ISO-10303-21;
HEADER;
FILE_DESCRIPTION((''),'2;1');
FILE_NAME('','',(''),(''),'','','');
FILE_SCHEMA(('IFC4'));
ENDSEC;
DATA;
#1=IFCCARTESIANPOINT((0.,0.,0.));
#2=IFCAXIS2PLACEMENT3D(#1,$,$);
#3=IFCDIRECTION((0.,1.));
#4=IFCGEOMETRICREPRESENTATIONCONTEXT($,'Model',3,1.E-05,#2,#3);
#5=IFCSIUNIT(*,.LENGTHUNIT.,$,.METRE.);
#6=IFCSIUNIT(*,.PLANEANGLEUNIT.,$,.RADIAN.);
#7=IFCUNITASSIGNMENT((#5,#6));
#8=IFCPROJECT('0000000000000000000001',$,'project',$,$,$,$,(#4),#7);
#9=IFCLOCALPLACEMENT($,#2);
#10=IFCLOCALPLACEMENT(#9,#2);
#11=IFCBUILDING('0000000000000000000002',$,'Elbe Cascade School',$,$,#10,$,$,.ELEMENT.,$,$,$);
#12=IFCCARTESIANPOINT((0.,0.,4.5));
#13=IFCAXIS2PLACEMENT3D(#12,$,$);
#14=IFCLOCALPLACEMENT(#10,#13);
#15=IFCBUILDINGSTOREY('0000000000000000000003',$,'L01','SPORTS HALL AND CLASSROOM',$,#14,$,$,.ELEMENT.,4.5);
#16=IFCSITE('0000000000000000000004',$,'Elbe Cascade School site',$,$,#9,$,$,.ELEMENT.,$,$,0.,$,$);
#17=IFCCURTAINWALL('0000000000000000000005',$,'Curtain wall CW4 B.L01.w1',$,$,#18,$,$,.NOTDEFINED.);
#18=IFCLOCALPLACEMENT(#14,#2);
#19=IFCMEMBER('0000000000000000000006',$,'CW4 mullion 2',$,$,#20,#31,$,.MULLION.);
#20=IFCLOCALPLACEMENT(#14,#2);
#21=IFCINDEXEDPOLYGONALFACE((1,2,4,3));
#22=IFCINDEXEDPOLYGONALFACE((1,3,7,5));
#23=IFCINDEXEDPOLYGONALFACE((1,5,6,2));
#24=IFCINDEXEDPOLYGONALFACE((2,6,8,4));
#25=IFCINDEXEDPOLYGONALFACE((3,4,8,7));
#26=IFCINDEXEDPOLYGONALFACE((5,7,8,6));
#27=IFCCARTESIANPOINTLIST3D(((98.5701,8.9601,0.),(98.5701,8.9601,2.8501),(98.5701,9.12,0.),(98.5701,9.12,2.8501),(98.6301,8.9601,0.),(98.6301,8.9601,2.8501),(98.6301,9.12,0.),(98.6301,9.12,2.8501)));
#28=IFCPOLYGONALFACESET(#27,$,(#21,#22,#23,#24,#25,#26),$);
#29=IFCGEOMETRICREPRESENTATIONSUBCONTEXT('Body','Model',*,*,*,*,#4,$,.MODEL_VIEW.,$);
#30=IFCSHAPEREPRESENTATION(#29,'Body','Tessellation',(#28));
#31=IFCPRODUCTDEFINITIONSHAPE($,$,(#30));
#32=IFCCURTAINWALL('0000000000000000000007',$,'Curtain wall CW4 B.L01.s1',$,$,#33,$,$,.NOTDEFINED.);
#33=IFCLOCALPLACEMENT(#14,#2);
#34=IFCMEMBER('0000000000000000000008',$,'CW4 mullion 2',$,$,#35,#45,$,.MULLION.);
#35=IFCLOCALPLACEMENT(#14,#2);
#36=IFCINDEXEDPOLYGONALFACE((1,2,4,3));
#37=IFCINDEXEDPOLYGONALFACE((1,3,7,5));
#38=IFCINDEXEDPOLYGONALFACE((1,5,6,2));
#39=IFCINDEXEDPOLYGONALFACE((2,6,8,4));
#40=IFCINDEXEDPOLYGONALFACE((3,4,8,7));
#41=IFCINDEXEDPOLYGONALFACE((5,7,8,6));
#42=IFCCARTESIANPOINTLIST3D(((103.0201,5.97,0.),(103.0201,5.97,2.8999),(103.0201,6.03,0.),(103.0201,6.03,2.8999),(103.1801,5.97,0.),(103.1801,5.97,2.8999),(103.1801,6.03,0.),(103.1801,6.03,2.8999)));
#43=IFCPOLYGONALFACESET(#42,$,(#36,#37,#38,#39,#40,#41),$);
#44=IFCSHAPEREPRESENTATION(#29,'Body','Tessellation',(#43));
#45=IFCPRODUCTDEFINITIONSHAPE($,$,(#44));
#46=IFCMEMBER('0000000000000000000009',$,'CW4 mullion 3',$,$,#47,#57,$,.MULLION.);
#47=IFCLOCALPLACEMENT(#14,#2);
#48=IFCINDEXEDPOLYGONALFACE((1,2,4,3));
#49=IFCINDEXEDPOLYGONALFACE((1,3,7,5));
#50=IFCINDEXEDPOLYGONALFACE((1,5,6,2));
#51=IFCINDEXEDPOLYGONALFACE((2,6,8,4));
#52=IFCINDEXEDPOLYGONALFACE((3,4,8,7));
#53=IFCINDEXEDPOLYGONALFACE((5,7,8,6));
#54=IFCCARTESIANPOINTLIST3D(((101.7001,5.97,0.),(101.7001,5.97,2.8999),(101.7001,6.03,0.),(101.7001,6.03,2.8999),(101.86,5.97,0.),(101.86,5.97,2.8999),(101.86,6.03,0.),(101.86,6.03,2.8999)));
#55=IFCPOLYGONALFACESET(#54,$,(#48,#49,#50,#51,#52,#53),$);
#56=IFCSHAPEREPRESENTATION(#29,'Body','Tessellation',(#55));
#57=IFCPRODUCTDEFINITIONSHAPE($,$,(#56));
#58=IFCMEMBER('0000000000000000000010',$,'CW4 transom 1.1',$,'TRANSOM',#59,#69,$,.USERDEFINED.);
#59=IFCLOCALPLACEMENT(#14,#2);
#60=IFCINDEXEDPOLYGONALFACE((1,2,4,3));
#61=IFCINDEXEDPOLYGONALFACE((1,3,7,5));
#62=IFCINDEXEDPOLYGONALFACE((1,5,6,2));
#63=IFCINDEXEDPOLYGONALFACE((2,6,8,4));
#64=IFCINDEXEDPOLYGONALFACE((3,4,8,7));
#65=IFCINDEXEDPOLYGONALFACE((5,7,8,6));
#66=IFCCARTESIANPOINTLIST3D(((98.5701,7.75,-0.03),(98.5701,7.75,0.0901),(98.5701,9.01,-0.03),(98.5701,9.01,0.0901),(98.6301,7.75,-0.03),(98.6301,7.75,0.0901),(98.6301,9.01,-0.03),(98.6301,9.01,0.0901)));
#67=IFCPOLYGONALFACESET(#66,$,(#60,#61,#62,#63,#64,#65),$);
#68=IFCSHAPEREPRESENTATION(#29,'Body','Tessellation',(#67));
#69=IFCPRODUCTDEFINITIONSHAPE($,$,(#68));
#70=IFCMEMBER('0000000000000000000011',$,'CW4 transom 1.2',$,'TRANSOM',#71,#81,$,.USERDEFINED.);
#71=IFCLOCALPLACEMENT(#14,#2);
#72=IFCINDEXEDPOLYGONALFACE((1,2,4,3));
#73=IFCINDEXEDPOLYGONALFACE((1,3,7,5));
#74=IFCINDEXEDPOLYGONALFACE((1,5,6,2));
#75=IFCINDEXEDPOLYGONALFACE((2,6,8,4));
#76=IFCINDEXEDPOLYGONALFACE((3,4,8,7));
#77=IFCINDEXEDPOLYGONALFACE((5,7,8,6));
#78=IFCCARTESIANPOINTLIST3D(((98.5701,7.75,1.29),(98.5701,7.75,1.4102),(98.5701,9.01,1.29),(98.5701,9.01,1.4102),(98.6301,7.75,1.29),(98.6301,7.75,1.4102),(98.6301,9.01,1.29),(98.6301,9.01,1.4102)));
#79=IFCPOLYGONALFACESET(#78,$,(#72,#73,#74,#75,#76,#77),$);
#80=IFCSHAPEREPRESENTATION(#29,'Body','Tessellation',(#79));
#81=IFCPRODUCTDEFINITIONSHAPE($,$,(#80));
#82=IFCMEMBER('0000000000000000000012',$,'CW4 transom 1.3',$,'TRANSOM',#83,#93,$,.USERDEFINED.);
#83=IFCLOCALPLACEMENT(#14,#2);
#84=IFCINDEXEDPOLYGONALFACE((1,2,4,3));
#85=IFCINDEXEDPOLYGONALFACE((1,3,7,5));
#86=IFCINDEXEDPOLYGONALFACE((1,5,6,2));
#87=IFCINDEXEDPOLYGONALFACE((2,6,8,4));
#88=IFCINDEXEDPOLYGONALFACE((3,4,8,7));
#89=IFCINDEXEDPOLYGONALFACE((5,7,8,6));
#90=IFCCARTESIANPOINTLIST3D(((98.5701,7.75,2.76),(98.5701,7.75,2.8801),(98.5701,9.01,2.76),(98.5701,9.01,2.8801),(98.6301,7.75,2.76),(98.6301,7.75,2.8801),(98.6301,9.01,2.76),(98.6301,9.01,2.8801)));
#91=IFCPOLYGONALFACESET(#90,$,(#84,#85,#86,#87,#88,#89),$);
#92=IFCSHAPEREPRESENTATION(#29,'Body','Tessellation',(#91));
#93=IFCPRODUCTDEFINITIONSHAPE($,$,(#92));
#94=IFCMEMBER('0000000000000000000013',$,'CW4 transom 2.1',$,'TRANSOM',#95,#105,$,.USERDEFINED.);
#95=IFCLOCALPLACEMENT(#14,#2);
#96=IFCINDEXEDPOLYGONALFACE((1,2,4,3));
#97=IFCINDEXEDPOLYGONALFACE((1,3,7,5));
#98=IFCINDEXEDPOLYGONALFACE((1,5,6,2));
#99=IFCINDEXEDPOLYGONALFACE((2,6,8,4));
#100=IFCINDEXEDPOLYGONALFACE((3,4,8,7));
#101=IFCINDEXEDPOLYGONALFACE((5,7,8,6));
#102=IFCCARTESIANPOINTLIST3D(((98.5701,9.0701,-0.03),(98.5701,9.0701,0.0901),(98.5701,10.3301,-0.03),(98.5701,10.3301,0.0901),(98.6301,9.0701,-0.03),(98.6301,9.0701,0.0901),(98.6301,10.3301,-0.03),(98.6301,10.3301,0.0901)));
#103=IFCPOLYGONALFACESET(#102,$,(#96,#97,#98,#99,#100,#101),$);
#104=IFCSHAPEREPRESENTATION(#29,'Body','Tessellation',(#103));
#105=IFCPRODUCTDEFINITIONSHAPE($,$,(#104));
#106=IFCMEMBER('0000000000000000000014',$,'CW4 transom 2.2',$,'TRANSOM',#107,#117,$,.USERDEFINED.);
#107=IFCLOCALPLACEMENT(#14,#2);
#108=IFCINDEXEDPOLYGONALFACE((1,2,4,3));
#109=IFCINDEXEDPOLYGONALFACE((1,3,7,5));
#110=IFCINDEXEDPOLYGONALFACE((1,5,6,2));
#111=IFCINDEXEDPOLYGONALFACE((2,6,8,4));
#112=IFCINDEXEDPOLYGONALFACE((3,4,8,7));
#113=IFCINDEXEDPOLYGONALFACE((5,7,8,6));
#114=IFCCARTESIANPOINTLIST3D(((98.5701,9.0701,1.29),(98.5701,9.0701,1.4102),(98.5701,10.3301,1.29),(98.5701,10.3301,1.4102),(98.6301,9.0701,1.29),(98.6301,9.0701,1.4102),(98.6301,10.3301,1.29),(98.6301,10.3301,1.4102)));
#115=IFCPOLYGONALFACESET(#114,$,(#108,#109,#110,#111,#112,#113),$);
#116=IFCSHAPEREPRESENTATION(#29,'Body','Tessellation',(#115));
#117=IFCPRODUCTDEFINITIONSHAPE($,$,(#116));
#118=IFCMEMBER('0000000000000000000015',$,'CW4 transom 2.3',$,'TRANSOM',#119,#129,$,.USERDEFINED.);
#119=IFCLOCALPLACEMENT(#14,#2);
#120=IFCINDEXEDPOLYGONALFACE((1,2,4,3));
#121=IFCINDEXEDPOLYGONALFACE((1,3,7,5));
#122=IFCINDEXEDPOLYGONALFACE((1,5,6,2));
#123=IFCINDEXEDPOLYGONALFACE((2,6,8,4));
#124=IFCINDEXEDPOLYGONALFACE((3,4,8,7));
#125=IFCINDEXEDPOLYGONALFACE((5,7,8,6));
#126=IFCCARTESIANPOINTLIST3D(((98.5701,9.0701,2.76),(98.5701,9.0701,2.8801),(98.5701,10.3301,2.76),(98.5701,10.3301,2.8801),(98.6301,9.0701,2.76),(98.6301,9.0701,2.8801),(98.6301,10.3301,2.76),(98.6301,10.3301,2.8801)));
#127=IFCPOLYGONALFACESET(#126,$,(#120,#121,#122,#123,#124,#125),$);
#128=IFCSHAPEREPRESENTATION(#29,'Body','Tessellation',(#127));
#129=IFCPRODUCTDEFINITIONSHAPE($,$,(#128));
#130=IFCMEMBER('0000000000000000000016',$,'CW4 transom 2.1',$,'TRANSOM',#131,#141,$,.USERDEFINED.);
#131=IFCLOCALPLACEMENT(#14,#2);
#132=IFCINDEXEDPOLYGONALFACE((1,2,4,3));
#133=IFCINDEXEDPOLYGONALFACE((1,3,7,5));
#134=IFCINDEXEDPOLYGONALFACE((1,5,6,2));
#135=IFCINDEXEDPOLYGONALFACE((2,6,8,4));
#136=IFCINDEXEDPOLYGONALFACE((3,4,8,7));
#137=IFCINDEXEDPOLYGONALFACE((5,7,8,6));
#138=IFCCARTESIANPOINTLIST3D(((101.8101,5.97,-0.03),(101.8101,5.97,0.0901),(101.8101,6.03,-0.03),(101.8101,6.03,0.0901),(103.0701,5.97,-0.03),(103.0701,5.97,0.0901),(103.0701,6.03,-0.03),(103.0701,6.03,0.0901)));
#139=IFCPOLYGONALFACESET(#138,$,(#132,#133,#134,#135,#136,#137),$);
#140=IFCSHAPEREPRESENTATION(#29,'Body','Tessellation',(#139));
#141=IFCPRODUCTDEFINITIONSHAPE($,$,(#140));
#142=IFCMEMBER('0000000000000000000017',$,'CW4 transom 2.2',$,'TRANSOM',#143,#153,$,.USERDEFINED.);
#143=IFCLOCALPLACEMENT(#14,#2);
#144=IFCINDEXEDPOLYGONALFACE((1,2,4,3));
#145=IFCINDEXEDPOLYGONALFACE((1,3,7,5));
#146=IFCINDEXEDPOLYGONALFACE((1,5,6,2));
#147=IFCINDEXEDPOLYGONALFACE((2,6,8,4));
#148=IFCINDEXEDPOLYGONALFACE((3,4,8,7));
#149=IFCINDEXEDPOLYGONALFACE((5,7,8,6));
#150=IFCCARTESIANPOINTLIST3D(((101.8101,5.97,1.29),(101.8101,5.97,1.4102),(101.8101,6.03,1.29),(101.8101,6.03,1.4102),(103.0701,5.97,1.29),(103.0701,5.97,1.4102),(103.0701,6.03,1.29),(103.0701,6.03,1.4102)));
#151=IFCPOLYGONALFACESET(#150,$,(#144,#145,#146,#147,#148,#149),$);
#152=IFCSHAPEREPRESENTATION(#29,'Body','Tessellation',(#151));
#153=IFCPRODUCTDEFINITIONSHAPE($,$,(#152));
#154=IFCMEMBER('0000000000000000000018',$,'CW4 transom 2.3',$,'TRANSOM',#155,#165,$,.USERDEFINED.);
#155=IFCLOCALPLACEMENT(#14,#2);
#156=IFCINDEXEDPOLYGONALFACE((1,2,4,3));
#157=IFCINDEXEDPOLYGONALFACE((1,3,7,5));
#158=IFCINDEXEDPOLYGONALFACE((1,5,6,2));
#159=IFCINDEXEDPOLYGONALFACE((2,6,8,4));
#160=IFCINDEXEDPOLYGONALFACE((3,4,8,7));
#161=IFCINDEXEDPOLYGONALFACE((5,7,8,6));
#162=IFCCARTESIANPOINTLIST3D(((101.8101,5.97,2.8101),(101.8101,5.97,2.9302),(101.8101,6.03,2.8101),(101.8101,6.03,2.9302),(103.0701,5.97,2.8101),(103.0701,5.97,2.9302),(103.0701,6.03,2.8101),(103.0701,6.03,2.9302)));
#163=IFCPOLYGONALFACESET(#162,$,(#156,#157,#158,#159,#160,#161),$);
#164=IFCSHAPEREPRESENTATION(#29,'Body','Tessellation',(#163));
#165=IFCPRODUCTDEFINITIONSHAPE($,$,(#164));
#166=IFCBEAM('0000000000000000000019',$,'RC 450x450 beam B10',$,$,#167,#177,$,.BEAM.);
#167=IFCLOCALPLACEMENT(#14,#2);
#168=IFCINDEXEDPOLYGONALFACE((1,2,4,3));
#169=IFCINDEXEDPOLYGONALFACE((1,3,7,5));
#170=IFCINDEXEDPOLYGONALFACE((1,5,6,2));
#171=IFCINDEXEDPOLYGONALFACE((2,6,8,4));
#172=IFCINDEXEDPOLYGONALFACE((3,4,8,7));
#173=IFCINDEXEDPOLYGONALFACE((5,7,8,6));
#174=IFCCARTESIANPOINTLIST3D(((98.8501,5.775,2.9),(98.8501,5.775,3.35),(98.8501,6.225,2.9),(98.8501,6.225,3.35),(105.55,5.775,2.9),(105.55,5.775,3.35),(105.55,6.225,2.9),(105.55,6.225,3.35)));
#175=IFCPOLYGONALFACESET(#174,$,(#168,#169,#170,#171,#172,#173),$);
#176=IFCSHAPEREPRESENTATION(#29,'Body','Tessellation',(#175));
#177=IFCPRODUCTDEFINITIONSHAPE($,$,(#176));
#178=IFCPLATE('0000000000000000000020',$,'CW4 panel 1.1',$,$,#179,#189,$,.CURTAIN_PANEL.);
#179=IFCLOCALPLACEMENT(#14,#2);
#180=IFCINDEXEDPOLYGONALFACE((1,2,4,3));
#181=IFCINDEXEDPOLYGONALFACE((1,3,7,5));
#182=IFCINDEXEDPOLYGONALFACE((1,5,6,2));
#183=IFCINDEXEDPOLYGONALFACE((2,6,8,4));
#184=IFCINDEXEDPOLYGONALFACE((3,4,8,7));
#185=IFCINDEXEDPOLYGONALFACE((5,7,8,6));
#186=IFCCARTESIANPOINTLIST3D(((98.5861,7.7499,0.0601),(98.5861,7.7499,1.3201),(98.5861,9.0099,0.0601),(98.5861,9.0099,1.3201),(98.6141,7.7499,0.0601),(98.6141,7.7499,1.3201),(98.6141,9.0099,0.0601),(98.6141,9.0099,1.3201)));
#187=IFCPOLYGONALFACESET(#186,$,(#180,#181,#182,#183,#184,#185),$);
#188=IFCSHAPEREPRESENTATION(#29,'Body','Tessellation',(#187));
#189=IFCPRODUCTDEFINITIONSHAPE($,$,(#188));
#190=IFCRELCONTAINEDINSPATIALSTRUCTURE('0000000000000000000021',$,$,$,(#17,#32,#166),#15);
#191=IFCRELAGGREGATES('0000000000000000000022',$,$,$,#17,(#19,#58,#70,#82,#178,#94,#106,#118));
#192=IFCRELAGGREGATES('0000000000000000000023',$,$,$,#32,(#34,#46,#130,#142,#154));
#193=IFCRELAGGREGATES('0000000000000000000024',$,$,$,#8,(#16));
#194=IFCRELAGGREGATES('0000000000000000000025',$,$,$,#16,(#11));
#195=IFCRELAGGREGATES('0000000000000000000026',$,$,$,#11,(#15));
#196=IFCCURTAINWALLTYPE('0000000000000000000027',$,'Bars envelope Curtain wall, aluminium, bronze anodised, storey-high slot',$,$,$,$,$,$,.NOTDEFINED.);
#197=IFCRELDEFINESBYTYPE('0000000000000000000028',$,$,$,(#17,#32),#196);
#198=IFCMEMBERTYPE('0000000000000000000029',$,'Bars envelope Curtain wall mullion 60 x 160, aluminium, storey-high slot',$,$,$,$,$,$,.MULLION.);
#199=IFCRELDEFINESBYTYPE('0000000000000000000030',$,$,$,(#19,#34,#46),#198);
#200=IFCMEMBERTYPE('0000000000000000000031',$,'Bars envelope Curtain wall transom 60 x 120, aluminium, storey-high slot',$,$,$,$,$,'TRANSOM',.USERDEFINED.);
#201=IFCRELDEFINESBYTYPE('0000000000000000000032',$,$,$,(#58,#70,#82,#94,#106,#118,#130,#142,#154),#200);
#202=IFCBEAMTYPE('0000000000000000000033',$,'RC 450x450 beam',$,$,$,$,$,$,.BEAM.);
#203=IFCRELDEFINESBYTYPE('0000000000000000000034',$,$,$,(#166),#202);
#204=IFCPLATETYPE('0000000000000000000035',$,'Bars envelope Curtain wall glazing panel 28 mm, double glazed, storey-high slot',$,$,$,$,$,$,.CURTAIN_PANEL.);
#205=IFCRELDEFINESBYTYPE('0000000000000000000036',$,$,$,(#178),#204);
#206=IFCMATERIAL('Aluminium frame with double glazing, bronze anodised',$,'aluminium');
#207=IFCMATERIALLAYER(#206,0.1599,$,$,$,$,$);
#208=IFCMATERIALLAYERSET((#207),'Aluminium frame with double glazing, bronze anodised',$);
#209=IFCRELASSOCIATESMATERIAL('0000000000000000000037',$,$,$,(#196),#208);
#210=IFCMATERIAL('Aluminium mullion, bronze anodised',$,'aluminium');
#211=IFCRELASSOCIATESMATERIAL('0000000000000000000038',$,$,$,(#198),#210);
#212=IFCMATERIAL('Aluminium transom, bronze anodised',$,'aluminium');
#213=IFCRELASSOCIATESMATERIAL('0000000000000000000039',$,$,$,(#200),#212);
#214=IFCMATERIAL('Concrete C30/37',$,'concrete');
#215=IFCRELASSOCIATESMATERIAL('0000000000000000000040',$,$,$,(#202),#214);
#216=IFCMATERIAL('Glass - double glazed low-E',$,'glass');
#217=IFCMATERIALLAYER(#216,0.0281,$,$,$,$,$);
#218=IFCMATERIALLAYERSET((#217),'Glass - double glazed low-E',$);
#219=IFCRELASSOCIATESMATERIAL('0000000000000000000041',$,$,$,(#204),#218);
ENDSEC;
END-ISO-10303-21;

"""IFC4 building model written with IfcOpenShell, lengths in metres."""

from ifc_helpers import new_model, si_unit, direction, frame, origin, origin_2d, place, context, subcontext, project, spatial, rectangle, extrude, material, layer, layer_set, material_profile, profile_set, type_object, element, aggregate, save


model = new_model("IFC4")

# Units and contexts
model_context = context("Model", 3, precision=1e-05, world=origin(), true_north=direction((0.0, 1.0)))
body_context = subcontext(model_context, "Body", "Model", "MODEL_VIEW")
ifc_project = project(units=[si_unit("LENGTHUNIT", "METRE"), si_unit("PLANEANGLEUNIT", "RADIAN")], contexts=[model_context])

# Site, building, storey
site_placement = place(None, origin())
site = spatial("IfcSite", under=ifc_project, at=site_placement, Name="Elbe Cascade School site", CompositionType="ELEMENT", RefElevation=0.0)
building_placement = place(site_placement, origin())
building = spatial("IfcBuilding", under=site, at=building_placement, Name="Elbe Cascade School", CompositionType="ELEMENT")
storey_placement = place(building_placement, frame((0.0, 0.0, 4.5)))
storey = spatial("IfcBuildingStorey", under=building, at=storey_placement, Name="L01", Description="SPORTS HALL AND CLASSROOM", CompositionType="ELEMENT", Elevation=4.5)

# Curtain wall, member
ifc_material_1 = material(Name="Aluminium frame with double glazing, bronze anodised", Category="aluminium")
ifc_layer_1 = layer(ifc_material_1, 0.1599)
ifc_layer_set_1 = layer_set([ifc_layer_1], Name="Aluminium frame with double glazing, bronze anodised")
curtain_wall_type = type_object("IfcCurtainWallType", Name="Bars envelope Curtain wall, aluminium, bronze anodised, storey-high slot", PredefinedType="NOTDEFINED", material=ifc_layer_set_1)
curtain_wall_1_placement = place(storey_placement, origin())
curtain_wall_1 = element("IfcCurtainWall", 1, at=curtain_wall_1_placement, inside=storey, type_object=curtain_wall_type, Name="Curtain wall CW4 B.L01.w1", PredefinedType="NOTDEFINED")
ifc_material_2 = material(Name="Aluminium mullion, bronze anodised", Category="aluminium")
ifc_material_profile_1 = material_profile(ifc_material_2, rectangle(XDim=0.0601, YDim=0.1599, at=origin_2d()), Name="Bars envelope Curtain wall mullion 60 x 160, aluminium, storey-high slot")
ifc_profile_set_1 = profile_set([ifc_material_profile_1], Name="Aluminium mullion, bronze anodised")
member_type_1 = type_object("IfcMemberType", Name="Bars envelope Curtain wall mullion 60 x 160, aluminium, storey-high slot", PredefinedType="MULLION", material=ifc_profile_set_1)
member_1_placement = place(storey_placement, frame((98.6001, 9.04, 0.0), z_axis=(0.0, 0.0, 1.0), x_axis=(-1.0, 0.0, 0.0)))
member_1 = element("IfcMember", 2, at=member_1_placement, type_object=member_type_1, Name="CW4 mullion 2", PredefinedType="MULLION", context=body_context, shape_type="SweptSolid", body=[
    extrude(rectangle(XDim=0.0601, YDim=0.1599, at=origin_2d()), origin(), (0.0, 0.0, 1.0), 2.8501),
])

# Curtain wall, members
curtain_wall_2_placement = place(storey_placement, origin())
curtain_wall_2 = element("IfcCurtainWall", 3, at=curtain_wall_2_placement, inside=storey, type_object=curtain_wall_type, Name="Curtain wall CW4 B.L01.s1", PredefinedType="NOTDEFINED")
member_2_placement = place(storey_placement, frame((103.1001, 6.0, 0.0), z_axis=(0.0, 0.0, 1.0), x_axis=(0.0, -1.0, 0.0)))
member_2 = element("IfcMember", 4, at=member_2_placement, type_object=member_type_1, Name="CW4 mullion 2", PredefinedType="MULLION", context=body_context, shape_type="SweptSolid", body=[
    extrude(rectangle(XDim=0.0601, YDim=0.1599, at=origin_2d()), origin(), (0.0, 0.0, 1.0), 2.8999),
])
member_3_placement = place(storey_placement, frame((101.78, 6.0, 0.0), z_axis=(0.0, 0.0, 1.0), x_axis=(0.0, -1.0, 0.0)))
member_3 = element("IfcMember", 5, at=member_3_placement, type_object=member_type_1, Name="CW4 mullion 3", PredefinedType="MULLION", context=body_context, shape_type="SweptSolid", body=[
    extrude(rectangle(XDim=0.0601, YDim=0.1599, at=origin_2d()), origin(), (0.0, 0.0, 1.0), 2.8999),
])

# Members
ifc_material_3 = material(Name="Aluminium transom, bronze anodised", Category="aluminium")
ifc_material_profile_2 = material_profile(ifc_material_3, rectangle(XDim=0.0601, YDim=0.1201, at=origin_2d()), Name="Bars envelope Curtain wall transom 60 x 120, aluminium, storey-high slot")
ifc_profile_set_2 = profile_set([ifc_material_profile_2], Name="Aluminium transom, bronze anodised")
member_type_2 = type_object("IfcMemberType", Name="Bars envelope Curtain wall transom 60 x 120, aluminium, storey-high slot", ElementType="TRANSOM", PredefinedType="USERDEFINED", material=ifc_profile_set_2)
member_4_placement = place(storey_placement, frame((98.6001, 7.75, 0.03), z_axis=(0.0, 1.0, 0.0), x_axis=(-1.0, 0.0, 0.0)))
member_4 = element("IfcMember", 6, at=member_4_placement, type_object=member_type_2, Name="CW4 transom 1.1", ObjectType="TRANSOM", PredefinedType="USERDEFINED", context=body_context, shape_type="SweptSolid", body=[
    extrude(rectangle(XDim=0.0601, YDim=0.1201, at=origin_2d()), origin(), (0.0, 0.0, 1.0), 1.26),
])
member_5_placement = place(storey_placement, frame((98.6001, 7.75, 1.3501), z_axis=(0.0, 1.0, 0.0), x_axis=(-1.0, 0.0, 0.0)))
member_5 = element("IfcMember", 7, at=member_5_placement, type_object=member_type_2, Name="CW4 transom 1.2", ObjectType="TRANSOM", PredefinedType="USERDEFINED", context=body_context, shape_type="SweptSolid", body=[
    extrude(rectangle(XDim=0.0601, YDim=0.1201, at=origin_2d()), origin(), (0.0, 0.0, 1.0), 1.26),
])
member_6_placement = place(storey_placement, frame((98.6001, 7.75, 2.8201), z_axis=(0.0, 1.0, 0.0), x_axis=(-1.0, 0.0, 0.0)))
member_6 = element("IfcMember", 8, at=member_6_placement, type_object=member_type_2, Name="CW4 transom 1.3", ObjectType="TRANSOM", PredefinedType="USERDEFINED", context=body_context, shape_type="SweptSolid", body=[
    extrude(rectangle(XDim=0.0601, YDim=0.1201, at=origin_2d()), origin(), (0.0, 0.0, 1.0), 1.26),
])
member_7_placement = place(storey_placement, frame((98.6001, 9.0701, 0.03), z_axis=(0.0, 1.0, 0.0), x_axis=(-1.0, 0.0, 0.0)))
member_7 = element("IfcMember", 9, at=member_7_placement, type_object=member_type_2, Name="CW4 transom 2.1", ObjectType="TRANSOM", PredefinedType="USERDEFINED", context=body_context, shape_type="SweptSolid", body=[
    extrude(rectangle(XDim=0.0601, YDim=0.1201, at=origin_2d()), origin(), (0.0, 0.0, 1.0), 1.26),
])
member_8_placement = place(storey_placement, frame((98.6001, 9.0701, 1.3501), z_axis=(0.0, 1.0, 0.0), x_axis=(-1.0, 0.0, 0.0)))
member_8 = element("IfcMember", 10, at=member_8_placement, type_object=member_type_2, Name="CW4 transom 2.2", ObjectType="TRANSOM", PredefinedType="USERDEFINED", context=body_context, shape_type="SweptSolid", body=[
    extrude(rectangle(XDim=0.0601, YDim=0.1201, at=origin_2d()), origin(), (0.0, 0.0, 1.0), 1.26),
])
member_9_placement = place(storey_placement, frame((98.6001, 9.0701, 2.8201), z_axis=(0.0, 1.0, 0.0), x_axis=(-1.0, 0.0, 0.0)))
member_9 = element("IfcMember", 11, at=member_9_placement, type_object=member_type_2, Name="CW4 transom 2.3", ObjectType="TRANSOM", PredefinedType="USERDEFINED", context=body_context, shape_type="SweptSolid", body=[
    extrude(rectangle(XDim=0.0601, YDim=0.1201, at=origin_2d()), origin(), (0.0, 0.0, 1.0), 1.26),
])
member_10_placement = place(storey_placement, frame((103.0701, 6.0, 0.03), z_axis=(-1.0, 0.0, 0.0), x_axis=(0.0, -1.0, 0.0)))
member_10 = element("IfcMember", 12, at=member_10_placement, type_object=member_type_2, Name="CW4 transom 2.1", ObjectType="TRANSOM", PredefinedType="USERDEFINED", context=body_context, shape_type="SweptSolid", body=[
    extrude(rectangle(XDim=0.0601, YDim=0.1201, at=origin_2d()), origin(), (0.0, 0.0, 1.0), 1.26),
])
member_11_placement = place(storey_placement, frame((103.0701, 6.0, 1.3501), z_axis=(-1.0, 0.0, 0.0), x_axis=(0.0, -1.0, 0.0)))
member_11 = element("IfcMember", 13, at=member_11_placement, type_object=member_type_2, Name="CW4 transom 2.2", ObjectType="TRANSOM", PredefinedType="USERDEFINED", context=body_context, shape_type="SweptSolid", body=[
    extrude(rectangle(XDim=0.0601, YDim=0.1201, at=origin_2d()), origin(), (0.0, 0.0, 1.0), 1.26),
])
member_12_placement = place(storey_placement, frame((103.0701, 6.0, 2.8701), z_axis=(-1.0, 0.0, 0.0), x_axis=(0.0, -1.0, 0.0)))
member_12 = element("IfcMember", 14, at=member_12_placement, type_object=member_type_2, Name="CW4 transom 2.3", ObjectType="TRANSOM", PredefinedType="USERDEFINED", context=body_context, shape_type="SweptSolid", body=[
    extrude(rectangle(XDim=0.0601, YDim=0.1201, at=origin_2d()), origin(), (0.0, 0.0, 1.0), 1.26),
])

# Beam
ifc_material_4 = material(Name="Concrete C30/37", Category="concrete")
ifc_material_profile_3 = material_profile(ifc_material_4, rectangle(XDim=0.45, YDim=0.45, at=origin_2d()), Name="RC 450x450")
ifc_profile_set_3 = profile_set([ifc_material_profile_3], Name="Concrete C30/37")
beam_type = type_object("IfcBeamType", Name="RC 450x450 beam", PredefinedType="BEAM", material=ifc_profile_set_3)
beam_placement = place(storey_placement, frame((98.8501, 6.0, 3.125), z_axis=(1.0, 0.0, 0.0), x_axis=(0.0, 1.0, 0.0)))
element("IfcBeam", 15, at=beam_placement, inside=storey, type_object=beam_type, Name="RC 450x450 beam B10", PredefinedType="BEAM", context=body_context, shape_type="SweptSolid", body=[
    extrude(rectangle(XDim=0.45, YDim=0.45, at=origin_2d()), origin(), (0.0, 0.0, 1.0), 6.7),
])

# Plate
ifc_material_5 = material(Name="Glass - double glazed low-E", Category="glass")
ifc_layer_2 = layer(ifc_material_5, 0.0281)
ifc_layer_set_2 = layer_set([ifc_layer_2], Name="Glass - double glazed low-E")
plate_type = type_object("IfcPlateType", Name="Bars envelope Curtain wall glazing panel 28 mm, double glazed, storey-high slot", PredefinedType="CURTAIN_PANEL", material=ifc_layer_set_2)
plate_1_placement = place(storey_placement, frame((98.6001, 8.3799, 0.0601), z_axis=(0.0, 0.0, 1.0), x_axis=(0.0, 1.0, 0.0)))
plate_1 = element("IfcPlate", 16, at=plate_1_placement, type_object=plate_type, Name="CW4 panel 1.1", PredefinedType="CURTAIN_PANEL", context=body_context, shape_type="SweptSolid", body=[
    extrude(rectangle(XDim=1.26, YDim=0.0281, at=origin_2d()), origin(), (0.0, 0.0, 1.0), 1.26),
])
aggregate(curtain_wall_1, [member_1, member_4, member_5, member_6, plate_1, member_7, member_8, member_9])
aggregate(curtain_wall_2, [member_2, member_3, member_10, member_11, member_12])

save(model, "model.ifc")
